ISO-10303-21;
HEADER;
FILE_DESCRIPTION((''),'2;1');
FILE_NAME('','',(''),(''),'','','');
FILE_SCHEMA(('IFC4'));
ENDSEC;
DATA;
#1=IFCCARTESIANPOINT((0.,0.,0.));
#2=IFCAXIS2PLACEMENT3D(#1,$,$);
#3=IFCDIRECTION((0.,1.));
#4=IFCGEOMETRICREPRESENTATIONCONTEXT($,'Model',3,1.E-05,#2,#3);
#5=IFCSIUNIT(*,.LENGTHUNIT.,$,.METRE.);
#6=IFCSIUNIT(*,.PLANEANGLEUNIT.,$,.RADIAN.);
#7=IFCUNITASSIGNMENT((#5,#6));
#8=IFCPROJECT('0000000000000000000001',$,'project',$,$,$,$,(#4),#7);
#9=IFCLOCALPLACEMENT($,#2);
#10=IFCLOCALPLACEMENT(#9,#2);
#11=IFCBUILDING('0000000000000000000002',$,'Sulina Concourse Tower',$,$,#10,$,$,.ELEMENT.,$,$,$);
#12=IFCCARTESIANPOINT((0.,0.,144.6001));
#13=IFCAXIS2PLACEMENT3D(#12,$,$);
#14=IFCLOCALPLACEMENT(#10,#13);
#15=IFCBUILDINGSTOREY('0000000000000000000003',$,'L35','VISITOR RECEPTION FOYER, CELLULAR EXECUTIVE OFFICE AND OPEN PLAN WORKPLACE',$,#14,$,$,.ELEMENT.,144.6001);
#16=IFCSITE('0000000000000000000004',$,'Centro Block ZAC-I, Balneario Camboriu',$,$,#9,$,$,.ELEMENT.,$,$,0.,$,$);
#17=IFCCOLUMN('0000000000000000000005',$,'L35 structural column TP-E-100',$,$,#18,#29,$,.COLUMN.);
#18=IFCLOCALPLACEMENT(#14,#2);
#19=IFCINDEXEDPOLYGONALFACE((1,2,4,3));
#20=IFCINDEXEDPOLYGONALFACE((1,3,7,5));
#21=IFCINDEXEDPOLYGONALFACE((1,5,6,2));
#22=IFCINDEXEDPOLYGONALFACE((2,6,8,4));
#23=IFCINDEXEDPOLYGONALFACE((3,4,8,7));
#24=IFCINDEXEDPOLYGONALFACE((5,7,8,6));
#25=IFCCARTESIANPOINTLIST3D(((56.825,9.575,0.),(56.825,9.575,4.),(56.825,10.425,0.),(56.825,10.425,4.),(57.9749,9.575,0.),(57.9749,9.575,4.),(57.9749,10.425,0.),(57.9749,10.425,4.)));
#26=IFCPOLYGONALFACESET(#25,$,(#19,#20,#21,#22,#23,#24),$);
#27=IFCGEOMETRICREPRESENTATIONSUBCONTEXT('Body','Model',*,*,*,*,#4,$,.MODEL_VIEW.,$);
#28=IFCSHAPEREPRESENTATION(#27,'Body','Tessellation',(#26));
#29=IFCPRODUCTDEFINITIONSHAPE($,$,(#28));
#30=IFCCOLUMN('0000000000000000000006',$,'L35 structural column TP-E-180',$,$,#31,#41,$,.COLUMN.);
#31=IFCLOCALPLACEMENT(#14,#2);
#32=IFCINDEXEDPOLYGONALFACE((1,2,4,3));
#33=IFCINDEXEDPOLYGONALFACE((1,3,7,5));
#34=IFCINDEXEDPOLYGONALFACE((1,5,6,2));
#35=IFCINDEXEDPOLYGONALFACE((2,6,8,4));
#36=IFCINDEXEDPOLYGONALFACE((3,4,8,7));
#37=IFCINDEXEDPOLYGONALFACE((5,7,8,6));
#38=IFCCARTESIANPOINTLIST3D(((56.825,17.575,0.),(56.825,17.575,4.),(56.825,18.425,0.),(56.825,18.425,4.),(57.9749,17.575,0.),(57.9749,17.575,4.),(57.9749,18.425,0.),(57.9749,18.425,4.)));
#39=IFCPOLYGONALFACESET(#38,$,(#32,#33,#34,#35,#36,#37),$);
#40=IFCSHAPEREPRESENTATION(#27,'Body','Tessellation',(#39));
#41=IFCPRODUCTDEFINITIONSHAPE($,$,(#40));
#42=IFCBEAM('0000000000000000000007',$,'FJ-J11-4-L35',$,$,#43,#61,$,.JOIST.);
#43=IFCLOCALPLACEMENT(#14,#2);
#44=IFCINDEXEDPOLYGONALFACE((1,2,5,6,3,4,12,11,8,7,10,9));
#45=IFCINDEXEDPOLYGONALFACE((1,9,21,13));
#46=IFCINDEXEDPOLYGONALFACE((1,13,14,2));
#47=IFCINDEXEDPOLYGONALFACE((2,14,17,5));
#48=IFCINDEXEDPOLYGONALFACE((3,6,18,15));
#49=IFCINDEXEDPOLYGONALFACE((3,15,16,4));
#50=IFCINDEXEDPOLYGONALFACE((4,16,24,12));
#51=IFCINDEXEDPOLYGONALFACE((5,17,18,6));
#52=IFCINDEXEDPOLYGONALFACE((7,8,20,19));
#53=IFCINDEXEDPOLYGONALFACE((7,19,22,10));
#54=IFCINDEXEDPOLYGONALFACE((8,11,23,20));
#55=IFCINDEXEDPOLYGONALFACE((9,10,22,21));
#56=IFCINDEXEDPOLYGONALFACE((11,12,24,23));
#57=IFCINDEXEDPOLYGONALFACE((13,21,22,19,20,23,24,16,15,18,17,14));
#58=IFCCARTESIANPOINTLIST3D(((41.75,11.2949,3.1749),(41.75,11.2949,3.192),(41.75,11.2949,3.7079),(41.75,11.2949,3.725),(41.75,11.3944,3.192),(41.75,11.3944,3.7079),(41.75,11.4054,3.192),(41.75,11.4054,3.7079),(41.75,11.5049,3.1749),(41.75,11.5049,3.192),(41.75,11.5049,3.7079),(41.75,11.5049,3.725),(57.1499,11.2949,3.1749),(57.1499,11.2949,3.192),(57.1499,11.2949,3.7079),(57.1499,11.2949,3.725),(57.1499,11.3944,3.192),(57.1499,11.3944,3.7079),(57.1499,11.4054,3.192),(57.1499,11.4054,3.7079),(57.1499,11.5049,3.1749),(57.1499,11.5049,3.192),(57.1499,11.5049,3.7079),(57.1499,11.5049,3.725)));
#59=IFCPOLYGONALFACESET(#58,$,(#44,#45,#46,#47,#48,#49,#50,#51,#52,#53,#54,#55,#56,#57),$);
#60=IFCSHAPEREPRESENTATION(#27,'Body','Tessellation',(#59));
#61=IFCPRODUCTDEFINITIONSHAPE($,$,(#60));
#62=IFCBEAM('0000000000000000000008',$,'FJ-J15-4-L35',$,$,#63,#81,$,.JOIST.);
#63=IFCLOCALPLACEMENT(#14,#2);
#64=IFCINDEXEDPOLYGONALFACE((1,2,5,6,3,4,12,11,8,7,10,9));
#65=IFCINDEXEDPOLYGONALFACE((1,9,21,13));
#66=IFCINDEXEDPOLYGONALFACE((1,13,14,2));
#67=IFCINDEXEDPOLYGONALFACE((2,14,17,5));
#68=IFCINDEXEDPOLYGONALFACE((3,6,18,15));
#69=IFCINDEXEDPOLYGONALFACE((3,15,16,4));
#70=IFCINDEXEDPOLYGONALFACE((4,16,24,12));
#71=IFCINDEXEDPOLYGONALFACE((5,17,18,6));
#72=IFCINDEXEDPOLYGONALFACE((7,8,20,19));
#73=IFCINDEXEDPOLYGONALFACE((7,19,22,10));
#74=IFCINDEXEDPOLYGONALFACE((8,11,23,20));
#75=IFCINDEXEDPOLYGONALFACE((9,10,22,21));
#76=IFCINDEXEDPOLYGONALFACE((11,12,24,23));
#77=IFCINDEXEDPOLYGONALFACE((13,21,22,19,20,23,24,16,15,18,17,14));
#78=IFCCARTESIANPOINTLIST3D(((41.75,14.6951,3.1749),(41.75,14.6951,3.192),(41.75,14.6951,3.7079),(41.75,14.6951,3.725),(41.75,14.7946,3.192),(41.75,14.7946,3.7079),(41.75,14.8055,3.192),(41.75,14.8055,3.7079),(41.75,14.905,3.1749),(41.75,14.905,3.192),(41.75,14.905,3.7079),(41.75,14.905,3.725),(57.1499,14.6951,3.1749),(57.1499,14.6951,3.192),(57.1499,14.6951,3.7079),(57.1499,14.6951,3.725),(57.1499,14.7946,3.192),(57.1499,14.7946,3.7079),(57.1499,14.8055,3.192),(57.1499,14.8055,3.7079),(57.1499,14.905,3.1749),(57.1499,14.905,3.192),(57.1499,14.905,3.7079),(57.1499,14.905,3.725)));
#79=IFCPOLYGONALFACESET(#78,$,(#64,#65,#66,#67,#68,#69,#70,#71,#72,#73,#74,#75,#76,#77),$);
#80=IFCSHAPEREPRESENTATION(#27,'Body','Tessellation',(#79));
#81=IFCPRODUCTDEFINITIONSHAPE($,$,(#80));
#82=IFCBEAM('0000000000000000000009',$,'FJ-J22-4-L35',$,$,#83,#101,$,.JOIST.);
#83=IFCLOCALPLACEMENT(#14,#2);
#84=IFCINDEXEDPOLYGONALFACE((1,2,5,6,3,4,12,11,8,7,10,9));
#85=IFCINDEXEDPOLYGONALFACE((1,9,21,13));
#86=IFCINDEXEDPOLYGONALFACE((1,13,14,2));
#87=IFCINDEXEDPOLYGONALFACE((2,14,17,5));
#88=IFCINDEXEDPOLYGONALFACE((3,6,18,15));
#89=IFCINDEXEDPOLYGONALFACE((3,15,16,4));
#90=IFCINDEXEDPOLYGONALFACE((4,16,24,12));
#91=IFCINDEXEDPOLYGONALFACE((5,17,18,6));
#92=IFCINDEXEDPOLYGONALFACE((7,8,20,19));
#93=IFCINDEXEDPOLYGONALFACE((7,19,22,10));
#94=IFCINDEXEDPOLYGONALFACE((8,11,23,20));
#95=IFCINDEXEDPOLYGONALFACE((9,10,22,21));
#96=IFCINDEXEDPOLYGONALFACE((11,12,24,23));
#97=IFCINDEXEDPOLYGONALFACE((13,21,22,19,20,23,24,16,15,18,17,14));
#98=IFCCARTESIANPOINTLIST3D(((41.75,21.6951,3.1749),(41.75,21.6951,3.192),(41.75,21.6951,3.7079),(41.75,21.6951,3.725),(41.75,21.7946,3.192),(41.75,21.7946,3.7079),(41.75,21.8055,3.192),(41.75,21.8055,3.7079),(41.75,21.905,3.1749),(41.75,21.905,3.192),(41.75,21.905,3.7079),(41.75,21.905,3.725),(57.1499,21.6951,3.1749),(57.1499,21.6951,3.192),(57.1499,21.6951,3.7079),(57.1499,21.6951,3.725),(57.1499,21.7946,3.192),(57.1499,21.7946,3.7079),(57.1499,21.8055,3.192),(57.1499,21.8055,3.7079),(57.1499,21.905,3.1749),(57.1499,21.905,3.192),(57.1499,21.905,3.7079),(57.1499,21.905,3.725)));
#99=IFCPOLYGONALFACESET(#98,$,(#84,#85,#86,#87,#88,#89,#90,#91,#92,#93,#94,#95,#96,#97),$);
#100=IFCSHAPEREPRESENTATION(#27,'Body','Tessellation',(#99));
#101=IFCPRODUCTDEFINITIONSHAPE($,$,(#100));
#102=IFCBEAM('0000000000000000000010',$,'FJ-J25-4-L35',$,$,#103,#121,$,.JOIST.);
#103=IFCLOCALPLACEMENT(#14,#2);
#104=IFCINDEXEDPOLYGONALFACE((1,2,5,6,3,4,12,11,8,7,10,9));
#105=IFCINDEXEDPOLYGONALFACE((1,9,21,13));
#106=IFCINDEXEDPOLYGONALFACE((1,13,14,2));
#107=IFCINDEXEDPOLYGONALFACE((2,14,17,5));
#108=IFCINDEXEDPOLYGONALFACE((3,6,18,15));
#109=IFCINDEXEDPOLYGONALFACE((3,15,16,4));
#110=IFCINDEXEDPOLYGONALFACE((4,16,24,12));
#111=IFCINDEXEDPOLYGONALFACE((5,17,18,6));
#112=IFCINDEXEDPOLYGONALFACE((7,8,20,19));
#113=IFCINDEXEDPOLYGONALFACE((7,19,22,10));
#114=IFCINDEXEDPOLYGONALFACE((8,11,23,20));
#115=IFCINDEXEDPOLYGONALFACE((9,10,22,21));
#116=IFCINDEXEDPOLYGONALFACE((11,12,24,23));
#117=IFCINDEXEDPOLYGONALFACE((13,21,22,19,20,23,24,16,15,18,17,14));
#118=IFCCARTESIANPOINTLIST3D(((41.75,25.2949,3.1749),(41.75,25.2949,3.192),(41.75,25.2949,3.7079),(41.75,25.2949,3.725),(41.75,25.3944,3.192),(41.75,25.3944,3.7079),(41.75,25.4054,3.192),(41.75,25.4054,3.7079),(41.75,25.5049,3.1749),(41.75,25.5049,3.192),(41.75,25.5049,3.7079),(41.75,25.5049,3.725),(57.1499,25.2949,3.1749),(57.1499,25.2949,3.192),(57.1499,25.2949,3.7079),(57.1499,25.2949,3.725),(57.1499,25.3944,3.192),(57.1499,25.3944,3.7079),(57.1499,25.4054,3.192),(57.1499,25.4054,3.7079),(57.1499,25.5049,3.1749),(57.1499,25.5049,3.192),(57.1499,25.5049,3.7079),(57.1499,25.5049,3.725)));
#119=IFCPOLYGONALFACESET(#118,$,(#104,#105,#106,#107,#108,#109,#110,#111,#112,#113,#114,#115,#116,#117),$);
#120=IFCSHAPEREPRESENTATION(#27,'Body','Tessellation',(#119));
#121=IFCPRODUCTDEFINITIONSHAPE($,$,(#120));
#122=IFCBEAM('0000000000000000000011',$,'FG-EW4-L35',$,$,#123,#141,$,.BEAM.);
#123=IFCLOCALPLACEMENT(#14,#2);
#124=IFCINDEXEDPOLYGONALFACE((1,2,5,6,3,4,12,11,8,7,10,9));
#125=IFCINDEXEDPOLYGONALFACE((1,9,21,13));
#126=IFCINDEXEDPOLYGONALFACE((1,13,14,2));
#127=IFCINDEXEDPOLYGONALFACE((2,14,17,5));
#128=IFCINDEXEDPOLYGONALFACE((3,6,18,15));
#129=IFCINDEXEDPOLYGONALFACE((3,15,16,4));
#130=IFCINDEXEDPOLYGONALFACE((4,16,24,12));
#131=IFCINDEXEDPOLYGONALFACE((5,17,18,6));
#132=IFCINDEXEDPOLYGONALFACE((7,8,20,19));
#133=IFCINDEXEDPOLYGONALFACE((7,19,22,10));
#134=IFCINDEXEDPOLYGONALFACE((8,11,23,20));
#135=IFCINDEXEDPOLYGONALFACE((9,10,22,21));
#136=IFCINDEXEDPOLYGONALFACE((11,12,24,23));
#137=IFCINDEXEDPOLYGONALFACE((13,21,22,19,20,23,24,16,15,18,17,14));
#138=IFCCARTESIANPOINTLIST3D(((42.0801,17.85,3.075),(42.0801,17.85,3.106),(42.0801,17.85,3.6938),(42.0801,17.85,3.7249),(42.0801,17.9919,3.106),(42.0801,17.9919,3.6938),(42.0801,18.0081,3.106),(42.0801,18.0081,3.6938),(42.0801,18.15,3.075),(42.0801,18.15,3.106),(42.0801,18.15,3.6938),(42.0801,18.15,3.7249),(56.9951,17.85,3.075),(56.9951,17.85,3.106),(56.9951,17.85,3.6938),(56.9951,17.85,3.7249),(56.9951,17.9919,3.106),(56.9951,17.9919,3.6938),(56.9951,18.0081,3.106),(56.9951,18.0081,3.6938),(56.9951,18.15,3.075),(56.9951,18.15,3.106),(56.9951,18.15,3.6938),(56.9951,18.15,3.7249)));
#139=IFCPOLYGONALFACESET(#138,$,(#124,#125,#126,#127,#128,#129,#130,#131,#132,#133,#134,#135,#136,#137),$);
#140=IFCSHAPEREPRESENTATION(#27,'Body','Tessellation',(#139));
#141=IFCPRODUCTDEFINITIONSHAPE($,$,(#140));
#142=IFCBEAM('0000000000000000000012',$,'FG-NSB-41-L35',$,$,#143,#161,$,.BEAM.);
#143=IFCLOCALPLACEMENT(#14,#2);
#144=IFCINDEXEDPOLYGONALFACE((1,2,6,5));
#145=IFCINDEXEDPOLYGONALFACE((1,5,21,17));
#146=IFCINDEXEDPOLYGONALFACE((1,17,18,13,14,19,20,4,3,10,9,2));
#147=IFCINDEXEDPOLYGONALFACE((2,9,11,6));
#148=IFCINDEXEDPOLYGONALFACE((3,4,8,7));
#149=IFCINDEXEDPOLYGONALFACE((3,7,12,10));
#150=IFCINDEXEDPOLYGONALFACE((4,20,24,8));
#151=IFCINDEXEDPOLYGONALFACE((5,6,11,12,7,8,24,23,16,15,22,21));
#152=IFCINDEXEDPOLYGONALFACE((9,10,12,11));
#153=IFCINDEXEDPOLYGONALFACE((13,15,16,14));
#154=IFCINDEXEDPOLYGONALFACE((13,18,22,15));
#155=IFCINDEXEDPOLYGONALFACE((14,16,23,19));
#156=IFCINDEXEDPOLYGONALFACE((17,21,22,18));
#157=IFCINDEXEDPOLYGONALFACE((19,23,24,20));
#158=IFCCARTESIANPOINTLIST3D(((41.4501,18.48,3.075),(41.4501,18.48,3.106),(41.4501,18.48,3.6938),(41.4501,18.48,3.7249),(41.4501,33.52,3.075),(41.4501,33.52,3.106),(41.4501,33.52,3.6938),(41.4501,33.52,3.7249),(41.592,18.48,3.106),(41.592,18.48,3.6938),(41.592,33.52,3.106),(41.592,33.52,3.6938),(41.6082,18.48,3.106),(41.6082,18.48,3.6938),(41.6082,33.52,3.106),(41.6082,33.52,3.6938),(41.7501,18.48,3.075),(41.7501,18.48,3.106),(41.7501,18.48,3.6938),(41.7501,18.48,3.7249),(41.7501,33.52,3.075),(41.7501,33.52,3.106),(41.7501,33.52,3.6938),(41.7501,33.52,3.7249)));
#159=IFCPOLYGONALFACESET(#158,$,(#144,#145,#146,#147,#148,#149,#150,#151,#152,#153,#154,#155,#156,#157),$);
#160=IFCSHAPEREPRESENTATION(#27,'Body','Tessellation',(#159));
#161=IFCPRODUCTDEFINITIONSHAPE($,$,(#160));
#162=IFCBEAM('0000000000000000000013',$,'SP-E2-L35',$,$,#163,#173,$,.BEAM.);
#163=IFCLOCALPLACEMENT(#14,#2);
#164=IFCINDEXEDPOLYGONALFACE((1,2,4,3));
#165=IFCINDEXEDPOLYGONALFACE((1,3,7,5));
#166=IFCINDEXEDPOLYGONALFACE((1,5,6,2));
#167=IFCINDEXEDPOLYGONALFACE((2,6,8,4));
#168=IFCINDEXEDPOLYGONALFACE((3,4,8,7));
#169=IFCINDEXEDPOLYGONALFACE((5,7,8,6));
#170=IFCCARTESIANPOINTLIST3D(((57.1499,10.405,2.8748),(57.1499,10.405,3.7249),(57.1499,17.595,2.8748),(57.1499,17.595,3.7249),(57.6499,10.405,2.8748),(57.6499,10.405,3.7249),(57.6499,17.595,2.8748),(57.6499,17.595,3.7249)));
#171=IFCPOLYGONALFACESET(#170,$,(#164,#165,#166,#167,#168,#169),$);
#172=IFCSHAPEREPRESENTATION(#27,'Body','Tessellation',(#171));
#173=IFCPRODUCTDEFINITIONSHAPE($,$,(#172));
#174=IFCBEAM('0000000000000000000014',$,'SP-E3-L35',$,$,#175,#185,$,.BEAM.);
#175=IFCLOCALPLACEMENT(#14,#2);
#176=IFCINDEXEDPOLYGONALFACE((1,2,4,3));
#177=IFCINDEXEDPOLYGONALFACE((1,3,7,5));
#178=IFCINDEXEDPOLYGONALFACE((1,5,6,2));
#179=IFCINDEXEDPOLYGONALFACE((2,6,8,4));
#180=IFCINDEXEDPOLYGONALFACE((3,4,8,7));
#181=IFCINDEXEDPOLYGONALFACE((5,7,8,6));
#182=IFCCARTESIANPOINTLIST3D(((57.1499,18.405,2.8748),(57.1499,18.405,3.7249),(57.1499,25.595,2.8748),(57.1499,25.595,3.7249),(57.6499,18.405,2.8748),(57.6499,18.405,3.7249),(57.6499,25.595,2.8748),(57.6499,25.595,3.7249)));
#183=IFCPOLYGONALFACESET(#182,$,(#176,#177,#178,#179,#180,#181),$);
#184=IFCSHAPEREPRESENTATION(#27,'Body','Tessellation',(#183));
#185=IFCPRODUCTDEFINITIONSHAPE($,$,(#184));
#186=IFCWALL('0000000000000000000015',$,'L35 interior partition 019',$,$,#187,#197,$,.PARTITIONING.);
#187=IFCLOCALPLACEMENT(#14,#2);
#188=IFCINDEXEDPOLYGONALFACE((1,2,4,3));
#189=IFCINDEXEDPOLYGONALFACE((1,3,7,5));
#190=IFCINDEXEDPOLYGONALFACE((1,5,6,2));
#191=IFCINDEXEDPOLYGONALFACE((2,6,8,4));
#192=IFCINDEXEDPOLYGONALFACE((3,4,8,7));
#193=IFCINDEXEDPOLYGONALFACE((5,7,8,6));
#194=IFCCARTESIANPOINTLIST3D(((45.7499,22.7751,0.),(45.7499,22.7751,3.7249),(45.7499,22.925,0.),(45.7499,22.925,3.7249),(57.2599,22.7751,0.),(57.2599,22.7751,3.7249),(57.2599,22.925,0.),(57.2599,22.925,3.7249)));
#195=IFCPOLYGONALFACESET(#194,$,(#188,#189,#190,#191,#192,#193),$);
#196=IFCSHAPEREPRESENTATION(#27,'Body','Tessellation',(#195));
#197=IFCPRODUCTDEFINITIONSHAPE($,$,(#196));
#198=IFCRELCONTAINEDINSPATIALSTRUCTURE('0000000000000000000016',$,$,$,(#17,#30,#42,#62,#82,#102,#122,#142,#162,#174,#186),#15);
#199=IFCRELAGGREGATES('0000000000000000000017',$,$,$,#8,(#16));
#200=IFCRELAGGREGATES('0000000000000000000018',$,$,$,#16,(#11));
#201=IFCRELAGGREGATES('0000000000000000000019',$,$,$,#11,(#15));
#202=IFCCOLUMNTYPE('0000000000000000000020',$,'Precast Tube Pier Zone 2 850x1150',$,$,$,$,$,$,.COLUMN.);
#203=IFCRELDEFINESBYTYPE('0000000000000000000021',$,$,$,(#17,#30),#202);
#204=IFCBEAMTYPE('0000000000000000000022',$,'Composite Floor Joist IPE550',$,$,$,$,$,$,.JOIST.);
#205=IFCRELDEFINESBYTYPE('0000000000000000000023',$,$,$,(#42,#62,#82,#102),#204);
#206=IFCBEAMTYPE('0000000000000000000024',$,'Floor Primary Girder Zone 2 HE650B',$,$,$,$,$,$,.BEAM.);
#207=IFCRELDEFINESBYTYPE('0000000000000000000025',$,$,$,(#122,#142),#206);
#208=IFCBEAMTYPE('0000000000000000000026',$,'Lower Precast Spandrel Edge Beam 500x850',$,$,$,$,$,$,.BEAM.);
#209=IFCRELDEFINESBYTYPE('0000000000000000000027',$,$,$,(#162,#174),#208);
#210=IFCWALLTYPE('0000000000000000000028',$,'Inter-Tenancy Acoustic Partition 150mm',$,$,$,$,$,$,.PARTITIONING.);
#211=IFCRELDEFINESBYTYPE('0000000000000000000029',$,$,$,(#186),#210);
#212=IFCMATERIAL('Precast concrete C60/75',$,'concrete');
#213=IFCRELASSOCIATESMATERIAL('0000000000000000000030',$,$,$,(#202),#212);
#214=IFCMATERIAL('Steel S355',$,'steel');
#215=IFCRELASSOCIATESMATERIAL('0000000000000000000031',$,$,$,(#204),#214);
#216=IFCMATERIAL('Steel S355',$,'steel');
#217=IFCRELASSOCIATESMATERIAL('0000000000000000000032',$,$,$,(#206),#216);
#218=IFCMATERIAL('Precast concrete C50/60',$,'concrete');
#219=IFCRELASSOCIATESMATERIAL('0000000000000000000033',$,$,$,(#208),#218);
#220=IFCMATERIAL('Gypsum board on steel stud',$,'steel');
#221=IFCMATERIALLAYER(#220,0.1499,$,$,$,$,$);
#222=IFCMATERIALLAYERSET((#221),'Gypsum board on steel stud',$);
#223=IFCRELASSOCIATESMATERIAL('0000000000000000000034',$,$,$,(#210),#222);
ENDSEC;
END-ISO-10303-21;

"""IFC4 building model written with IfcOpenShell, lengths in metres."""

from ifc_helpers import new_model, si_unit, direction, frame, frame_2d, origin, origin_2d, place, context, subcontext, project, spatial, rectangle, i_section, extrude, material, layer, layer_set, material_profile, profile_set, type_object, element, save


model = new_model("IFC4")

# Units and contexts
model_context = context("Model", 3, precision=1e-05, world=origin(), true_north=direction((0.0, 1.0)))
body_context = subcontext(model_context, "Body", "Model", "MODEL_VIEW")
ifc_project = project(units=[si_unit("LENGTHUNIT", "METRE"), si_unit("PLANEANGLEUNIT", "RADIAN")], contexts=[model_context])

# Site, building, storey
site_placement = place(None, origin())
site = spatial("IfcSite", under=ifc_project, at=site_placement, Name="Centro Block ZAC-I, Balneario Camboriu", CompositionType="ELEMENT", RefElevation=0.0)
building_placement = place(site_placement, origin())
building = spatial("IfcBuilding", under=site, at=building_placement, Name="Sulina Concourse Tower", CompositionType="ELEMENT")
storey_placement = place(building_placement, frame((0.0, 0.0, 144.6001)))
storey = spatial("IfcBuildingStorey", under=building, at=storey_placement, Name="L35", Description="VISITOR RECEPTION FOYER, CELLULAR EXECUTIVE OFFICE AND OPEN PLAN WORKPLACE", CompositionType="ELEMENT", Elevation=144.6001)

# Columns
ifc_material_1 = material(Name="Precast concrete C60/75", Category="concrete")
ifc_material_profile_1 = material_profile(ifc_material_1, rectangle(XDim=0.8501, YDim=1.1499, at=origin_2d()), Name="PC 850x1150")
ifc_profile_set_1 = profile_set([ifc_material_profile_1], Name="Precast concrete C60/75")
column_type = type_object("IfcColumnType", Name="Precast Tube Pier Zone 2 850x1150", PredefinedType="COLUMN", material=ifc_profile_set_1)
for number, where, z_axis, x_axis, name in (
    (1, (57.3999, 10.0, 0.0), (0.0, 0.0, 1.0), (0.0, 1.0, 0.0), "L35 structural column TP-E-100"),
    (2, (57.3999, 18.0, 0.0), (0.0, 0.0, 1.0), (0.0, 1.0, 0.0), "L35 structural column TP-E-180"),
):
    element("IfcColumn", number, at=place(storey_placement, frame(where, z_axis=z_axis, x_axis=x_axis)), inside=storey, type_object=column_type, Name=name, PredefinedType="COLUMN", context=body_context, shape_type="SweptSolid", body=[
        extrude(rectangle(XDim=0.8501, YDim=1.1499, at=origin_2d()), origin(), (0.0, 0.0, 1.0), 4.0),
    ])

# Beams
ifc_material_2 = material(Name="Steel S355", Category="steel")
ifc_material_profile_2 = material_profile(ifc_material_2, i_section(OverallWidth=0.21, OverallDepth=0.55, WebThickness=0.011, FlangeThickness=0.0171, at=origin_2d()), Name="IPE 550")
ifc_profile_set_2 = profile_set([ifc_material_profile_2], Name="Steel S355")
beam_type_1 = type_object("IfcBeamType", Name="Composite Floor Joist IPE550", PredefinedType="JOIST", material=ifc_profile_set_2)
for number, where, z_axis, x_axis, name in (
    (3, (41.75, 11.3999, 3.45), (1.0, 0.0, 0.0), (0.0, 1.0, 0.0), "FJ-J11-4-L35"),
    (4, (41.75, 14.8, 3.45), (1.0, 0.0, 0.0), (0.0, 1.0, 0.0), "FJ-J15-4-L35"),
    (5, (41.75, 21.8, 3.45), (1.0, 0.0, 0.0), (0.0, 1.0, 0.0), "FJ-J22-4-L35"),
    (6, (41.75, 25.3999, 3.45), (1.0, 0.0, 0.0), (0.0, 1.0, 0.0), "FJ-J25-4-L35"),
):
    element("IfcBeam", number, at=place(storey_placement, frame(where, z_axis=z_axis, x_axis=x_axis)), inside=storey, type_object=beam_type_1, Name=name, PredefinedType="JOIST", context=body_context, shape_type="SweptSolid", body=[
        extrude(i_section(OverallWidth=0.21, OverallDepth=0.55, WebThickness=0.011, FlangeThickness=0.0171, at=origin_2d()), origin(), (0.0, 0.0, 1.0), 15.3999),
    ])
ifc_material_3 = material(Name="Steel S355", Category="steel")
ifc_material_profile_3 = material_profile(ifc_material_3, i_section(OverallWidth=0.3, OverallDepth=0.6499, WebThickness=0.0161, FlangeThickness=0.031, at=origin_2d()), Name="HE 650 B")
ifc_profile_set_3 = profile_set([ifc_material_profile_3], Name="Steel S355")
beam_type_2 = type_object("IfcBeamType", Name="Floor Primary Girder Zone 2 HE650B", PredefinedType="BEAM", material=ifc_profile_set_3)
beam_1_placement = place(storey_placement, frame((42.0801, 18.0, 3.3999), z_axis=(1.0, 0.0, 0.0), x_axis=(0.0, 1.0, 0.0)))
element("IfcBeam", 7, at=beam_1_placement, inside=storey, type_object=beam_type_2, Name="FG-EW4-L35", PredefinedType="BEAM", context=body_context, shape_type="SweptSolid", body=[
    extrude(i_section(OverallWidth=0.3, OverallDepth=0.6499, WebThickness=0.0161, FlangeThickness=0.031, at=origin_2d()), origin(), (0.0, 0.0, 1.0), 14.915),
])
beam_2_placement = place(storey_placement, frame((41.6001, 18.48, 3.3999), z_axis=(0.0, 1.0, 0.0), x_axis=(-1.0, 0.0, 0.0)))
element("IfcBeam", 8, at=beam_2_placement, inside=storey, type_object=beam_type_2, Name="FG-NSB-41-L35", PredefinedType="BEAM", context=body_context, shape_type="SweptSolid", body=[
    extrude(i_section(OverallWidth=0.3, OverallDepth=0.6499, WebThickness=0.0161, FlangeThickness=0.031, at=origin_2d()), origin(), (0.0, 0.0, 1.0), 15.04),
])
ifc_material_4 = material(Name="Precast concrete C50/60", Category="concrete")
ifc_material_profile_4 = material_profile(ifc_material_4, rectangle(XDim=0.5, YDim=0.8501, at=origin_2d()), Name="RC 500x850")
ifc_profile_set_4 = profile_set([ifc_material_profile_4], Name="Precast concrete C50/60")
beam_type_3 = type_object("IfcBeamType", Name="Lower Precast Spandrel Edge Beam 500x850", PredefinedType="BEAM", material=ifc_profile_set_4)
for number, where, z_axis, x_axis, name in (
    (9, (57.3999, 10.405, 3.2998), (0.0, 1.0, 0.0), (-1.0, 0.0, 0.0), "SP-E2-L35"),
    (10, (57.3999, 18.405, 3.2998), (0.0, 1.0, 0.0), (-1.0, 0.0, 0.0), "SP-E3-L35"),
):
    element("IfcBeam", number, at=place(storey_placement, frame(where, z_axis=z_axis, x_axis=x_axis)), inside=storey, type_object=beam_type_3, Name=name, PredefinedType="BEAM", context=body_context, shape_type="SweptSolid", body=[
        extrude(rectangle(XDim=0.5, YDim=0.8501, at=origin_2d()), origin(), (0.0, 0.0, 1.0), 7.1899),
    ])

# Wall
ifc_material_5 = material(Name="Gypsum board on steel stud", Category="steel")
ifc_layer_1 = layer(ifc_material_5, 0.1499)
ifc_layer_set_1 = layer_set([ifc_layer_1], Name="Gypsum board on steel stud")
wall_type_1 = type_object("IfcWallType", Name="Inter-Tenancy Acoustic Partition 150mm", PredefinedType="PARTITIONING", material=ifc_layer_set_1)
wall_1_placement = place(storey_placement, frame((45.75, 22.8501, 0.0), z_axis=(0.0, 0.0, 1.0), x_axis=(1.0, 0.0, 0.0)))
element("IfcWall", 11, at=wall_1_placement, inside=storey, type_object=wall_type_1, Name="L35 interior partition 019", PredefinedType="PARTITIONING", context=body_context, shape_type="SweptSolid", body=[
    extrude(rectangle(XDim=11.51, YDim=0.1499, at=frame_2d((5.7549, 0.0))), origin(), (0.0, 0.0, 1.0), 3.7249),
])

save(model, "model.ifc")
